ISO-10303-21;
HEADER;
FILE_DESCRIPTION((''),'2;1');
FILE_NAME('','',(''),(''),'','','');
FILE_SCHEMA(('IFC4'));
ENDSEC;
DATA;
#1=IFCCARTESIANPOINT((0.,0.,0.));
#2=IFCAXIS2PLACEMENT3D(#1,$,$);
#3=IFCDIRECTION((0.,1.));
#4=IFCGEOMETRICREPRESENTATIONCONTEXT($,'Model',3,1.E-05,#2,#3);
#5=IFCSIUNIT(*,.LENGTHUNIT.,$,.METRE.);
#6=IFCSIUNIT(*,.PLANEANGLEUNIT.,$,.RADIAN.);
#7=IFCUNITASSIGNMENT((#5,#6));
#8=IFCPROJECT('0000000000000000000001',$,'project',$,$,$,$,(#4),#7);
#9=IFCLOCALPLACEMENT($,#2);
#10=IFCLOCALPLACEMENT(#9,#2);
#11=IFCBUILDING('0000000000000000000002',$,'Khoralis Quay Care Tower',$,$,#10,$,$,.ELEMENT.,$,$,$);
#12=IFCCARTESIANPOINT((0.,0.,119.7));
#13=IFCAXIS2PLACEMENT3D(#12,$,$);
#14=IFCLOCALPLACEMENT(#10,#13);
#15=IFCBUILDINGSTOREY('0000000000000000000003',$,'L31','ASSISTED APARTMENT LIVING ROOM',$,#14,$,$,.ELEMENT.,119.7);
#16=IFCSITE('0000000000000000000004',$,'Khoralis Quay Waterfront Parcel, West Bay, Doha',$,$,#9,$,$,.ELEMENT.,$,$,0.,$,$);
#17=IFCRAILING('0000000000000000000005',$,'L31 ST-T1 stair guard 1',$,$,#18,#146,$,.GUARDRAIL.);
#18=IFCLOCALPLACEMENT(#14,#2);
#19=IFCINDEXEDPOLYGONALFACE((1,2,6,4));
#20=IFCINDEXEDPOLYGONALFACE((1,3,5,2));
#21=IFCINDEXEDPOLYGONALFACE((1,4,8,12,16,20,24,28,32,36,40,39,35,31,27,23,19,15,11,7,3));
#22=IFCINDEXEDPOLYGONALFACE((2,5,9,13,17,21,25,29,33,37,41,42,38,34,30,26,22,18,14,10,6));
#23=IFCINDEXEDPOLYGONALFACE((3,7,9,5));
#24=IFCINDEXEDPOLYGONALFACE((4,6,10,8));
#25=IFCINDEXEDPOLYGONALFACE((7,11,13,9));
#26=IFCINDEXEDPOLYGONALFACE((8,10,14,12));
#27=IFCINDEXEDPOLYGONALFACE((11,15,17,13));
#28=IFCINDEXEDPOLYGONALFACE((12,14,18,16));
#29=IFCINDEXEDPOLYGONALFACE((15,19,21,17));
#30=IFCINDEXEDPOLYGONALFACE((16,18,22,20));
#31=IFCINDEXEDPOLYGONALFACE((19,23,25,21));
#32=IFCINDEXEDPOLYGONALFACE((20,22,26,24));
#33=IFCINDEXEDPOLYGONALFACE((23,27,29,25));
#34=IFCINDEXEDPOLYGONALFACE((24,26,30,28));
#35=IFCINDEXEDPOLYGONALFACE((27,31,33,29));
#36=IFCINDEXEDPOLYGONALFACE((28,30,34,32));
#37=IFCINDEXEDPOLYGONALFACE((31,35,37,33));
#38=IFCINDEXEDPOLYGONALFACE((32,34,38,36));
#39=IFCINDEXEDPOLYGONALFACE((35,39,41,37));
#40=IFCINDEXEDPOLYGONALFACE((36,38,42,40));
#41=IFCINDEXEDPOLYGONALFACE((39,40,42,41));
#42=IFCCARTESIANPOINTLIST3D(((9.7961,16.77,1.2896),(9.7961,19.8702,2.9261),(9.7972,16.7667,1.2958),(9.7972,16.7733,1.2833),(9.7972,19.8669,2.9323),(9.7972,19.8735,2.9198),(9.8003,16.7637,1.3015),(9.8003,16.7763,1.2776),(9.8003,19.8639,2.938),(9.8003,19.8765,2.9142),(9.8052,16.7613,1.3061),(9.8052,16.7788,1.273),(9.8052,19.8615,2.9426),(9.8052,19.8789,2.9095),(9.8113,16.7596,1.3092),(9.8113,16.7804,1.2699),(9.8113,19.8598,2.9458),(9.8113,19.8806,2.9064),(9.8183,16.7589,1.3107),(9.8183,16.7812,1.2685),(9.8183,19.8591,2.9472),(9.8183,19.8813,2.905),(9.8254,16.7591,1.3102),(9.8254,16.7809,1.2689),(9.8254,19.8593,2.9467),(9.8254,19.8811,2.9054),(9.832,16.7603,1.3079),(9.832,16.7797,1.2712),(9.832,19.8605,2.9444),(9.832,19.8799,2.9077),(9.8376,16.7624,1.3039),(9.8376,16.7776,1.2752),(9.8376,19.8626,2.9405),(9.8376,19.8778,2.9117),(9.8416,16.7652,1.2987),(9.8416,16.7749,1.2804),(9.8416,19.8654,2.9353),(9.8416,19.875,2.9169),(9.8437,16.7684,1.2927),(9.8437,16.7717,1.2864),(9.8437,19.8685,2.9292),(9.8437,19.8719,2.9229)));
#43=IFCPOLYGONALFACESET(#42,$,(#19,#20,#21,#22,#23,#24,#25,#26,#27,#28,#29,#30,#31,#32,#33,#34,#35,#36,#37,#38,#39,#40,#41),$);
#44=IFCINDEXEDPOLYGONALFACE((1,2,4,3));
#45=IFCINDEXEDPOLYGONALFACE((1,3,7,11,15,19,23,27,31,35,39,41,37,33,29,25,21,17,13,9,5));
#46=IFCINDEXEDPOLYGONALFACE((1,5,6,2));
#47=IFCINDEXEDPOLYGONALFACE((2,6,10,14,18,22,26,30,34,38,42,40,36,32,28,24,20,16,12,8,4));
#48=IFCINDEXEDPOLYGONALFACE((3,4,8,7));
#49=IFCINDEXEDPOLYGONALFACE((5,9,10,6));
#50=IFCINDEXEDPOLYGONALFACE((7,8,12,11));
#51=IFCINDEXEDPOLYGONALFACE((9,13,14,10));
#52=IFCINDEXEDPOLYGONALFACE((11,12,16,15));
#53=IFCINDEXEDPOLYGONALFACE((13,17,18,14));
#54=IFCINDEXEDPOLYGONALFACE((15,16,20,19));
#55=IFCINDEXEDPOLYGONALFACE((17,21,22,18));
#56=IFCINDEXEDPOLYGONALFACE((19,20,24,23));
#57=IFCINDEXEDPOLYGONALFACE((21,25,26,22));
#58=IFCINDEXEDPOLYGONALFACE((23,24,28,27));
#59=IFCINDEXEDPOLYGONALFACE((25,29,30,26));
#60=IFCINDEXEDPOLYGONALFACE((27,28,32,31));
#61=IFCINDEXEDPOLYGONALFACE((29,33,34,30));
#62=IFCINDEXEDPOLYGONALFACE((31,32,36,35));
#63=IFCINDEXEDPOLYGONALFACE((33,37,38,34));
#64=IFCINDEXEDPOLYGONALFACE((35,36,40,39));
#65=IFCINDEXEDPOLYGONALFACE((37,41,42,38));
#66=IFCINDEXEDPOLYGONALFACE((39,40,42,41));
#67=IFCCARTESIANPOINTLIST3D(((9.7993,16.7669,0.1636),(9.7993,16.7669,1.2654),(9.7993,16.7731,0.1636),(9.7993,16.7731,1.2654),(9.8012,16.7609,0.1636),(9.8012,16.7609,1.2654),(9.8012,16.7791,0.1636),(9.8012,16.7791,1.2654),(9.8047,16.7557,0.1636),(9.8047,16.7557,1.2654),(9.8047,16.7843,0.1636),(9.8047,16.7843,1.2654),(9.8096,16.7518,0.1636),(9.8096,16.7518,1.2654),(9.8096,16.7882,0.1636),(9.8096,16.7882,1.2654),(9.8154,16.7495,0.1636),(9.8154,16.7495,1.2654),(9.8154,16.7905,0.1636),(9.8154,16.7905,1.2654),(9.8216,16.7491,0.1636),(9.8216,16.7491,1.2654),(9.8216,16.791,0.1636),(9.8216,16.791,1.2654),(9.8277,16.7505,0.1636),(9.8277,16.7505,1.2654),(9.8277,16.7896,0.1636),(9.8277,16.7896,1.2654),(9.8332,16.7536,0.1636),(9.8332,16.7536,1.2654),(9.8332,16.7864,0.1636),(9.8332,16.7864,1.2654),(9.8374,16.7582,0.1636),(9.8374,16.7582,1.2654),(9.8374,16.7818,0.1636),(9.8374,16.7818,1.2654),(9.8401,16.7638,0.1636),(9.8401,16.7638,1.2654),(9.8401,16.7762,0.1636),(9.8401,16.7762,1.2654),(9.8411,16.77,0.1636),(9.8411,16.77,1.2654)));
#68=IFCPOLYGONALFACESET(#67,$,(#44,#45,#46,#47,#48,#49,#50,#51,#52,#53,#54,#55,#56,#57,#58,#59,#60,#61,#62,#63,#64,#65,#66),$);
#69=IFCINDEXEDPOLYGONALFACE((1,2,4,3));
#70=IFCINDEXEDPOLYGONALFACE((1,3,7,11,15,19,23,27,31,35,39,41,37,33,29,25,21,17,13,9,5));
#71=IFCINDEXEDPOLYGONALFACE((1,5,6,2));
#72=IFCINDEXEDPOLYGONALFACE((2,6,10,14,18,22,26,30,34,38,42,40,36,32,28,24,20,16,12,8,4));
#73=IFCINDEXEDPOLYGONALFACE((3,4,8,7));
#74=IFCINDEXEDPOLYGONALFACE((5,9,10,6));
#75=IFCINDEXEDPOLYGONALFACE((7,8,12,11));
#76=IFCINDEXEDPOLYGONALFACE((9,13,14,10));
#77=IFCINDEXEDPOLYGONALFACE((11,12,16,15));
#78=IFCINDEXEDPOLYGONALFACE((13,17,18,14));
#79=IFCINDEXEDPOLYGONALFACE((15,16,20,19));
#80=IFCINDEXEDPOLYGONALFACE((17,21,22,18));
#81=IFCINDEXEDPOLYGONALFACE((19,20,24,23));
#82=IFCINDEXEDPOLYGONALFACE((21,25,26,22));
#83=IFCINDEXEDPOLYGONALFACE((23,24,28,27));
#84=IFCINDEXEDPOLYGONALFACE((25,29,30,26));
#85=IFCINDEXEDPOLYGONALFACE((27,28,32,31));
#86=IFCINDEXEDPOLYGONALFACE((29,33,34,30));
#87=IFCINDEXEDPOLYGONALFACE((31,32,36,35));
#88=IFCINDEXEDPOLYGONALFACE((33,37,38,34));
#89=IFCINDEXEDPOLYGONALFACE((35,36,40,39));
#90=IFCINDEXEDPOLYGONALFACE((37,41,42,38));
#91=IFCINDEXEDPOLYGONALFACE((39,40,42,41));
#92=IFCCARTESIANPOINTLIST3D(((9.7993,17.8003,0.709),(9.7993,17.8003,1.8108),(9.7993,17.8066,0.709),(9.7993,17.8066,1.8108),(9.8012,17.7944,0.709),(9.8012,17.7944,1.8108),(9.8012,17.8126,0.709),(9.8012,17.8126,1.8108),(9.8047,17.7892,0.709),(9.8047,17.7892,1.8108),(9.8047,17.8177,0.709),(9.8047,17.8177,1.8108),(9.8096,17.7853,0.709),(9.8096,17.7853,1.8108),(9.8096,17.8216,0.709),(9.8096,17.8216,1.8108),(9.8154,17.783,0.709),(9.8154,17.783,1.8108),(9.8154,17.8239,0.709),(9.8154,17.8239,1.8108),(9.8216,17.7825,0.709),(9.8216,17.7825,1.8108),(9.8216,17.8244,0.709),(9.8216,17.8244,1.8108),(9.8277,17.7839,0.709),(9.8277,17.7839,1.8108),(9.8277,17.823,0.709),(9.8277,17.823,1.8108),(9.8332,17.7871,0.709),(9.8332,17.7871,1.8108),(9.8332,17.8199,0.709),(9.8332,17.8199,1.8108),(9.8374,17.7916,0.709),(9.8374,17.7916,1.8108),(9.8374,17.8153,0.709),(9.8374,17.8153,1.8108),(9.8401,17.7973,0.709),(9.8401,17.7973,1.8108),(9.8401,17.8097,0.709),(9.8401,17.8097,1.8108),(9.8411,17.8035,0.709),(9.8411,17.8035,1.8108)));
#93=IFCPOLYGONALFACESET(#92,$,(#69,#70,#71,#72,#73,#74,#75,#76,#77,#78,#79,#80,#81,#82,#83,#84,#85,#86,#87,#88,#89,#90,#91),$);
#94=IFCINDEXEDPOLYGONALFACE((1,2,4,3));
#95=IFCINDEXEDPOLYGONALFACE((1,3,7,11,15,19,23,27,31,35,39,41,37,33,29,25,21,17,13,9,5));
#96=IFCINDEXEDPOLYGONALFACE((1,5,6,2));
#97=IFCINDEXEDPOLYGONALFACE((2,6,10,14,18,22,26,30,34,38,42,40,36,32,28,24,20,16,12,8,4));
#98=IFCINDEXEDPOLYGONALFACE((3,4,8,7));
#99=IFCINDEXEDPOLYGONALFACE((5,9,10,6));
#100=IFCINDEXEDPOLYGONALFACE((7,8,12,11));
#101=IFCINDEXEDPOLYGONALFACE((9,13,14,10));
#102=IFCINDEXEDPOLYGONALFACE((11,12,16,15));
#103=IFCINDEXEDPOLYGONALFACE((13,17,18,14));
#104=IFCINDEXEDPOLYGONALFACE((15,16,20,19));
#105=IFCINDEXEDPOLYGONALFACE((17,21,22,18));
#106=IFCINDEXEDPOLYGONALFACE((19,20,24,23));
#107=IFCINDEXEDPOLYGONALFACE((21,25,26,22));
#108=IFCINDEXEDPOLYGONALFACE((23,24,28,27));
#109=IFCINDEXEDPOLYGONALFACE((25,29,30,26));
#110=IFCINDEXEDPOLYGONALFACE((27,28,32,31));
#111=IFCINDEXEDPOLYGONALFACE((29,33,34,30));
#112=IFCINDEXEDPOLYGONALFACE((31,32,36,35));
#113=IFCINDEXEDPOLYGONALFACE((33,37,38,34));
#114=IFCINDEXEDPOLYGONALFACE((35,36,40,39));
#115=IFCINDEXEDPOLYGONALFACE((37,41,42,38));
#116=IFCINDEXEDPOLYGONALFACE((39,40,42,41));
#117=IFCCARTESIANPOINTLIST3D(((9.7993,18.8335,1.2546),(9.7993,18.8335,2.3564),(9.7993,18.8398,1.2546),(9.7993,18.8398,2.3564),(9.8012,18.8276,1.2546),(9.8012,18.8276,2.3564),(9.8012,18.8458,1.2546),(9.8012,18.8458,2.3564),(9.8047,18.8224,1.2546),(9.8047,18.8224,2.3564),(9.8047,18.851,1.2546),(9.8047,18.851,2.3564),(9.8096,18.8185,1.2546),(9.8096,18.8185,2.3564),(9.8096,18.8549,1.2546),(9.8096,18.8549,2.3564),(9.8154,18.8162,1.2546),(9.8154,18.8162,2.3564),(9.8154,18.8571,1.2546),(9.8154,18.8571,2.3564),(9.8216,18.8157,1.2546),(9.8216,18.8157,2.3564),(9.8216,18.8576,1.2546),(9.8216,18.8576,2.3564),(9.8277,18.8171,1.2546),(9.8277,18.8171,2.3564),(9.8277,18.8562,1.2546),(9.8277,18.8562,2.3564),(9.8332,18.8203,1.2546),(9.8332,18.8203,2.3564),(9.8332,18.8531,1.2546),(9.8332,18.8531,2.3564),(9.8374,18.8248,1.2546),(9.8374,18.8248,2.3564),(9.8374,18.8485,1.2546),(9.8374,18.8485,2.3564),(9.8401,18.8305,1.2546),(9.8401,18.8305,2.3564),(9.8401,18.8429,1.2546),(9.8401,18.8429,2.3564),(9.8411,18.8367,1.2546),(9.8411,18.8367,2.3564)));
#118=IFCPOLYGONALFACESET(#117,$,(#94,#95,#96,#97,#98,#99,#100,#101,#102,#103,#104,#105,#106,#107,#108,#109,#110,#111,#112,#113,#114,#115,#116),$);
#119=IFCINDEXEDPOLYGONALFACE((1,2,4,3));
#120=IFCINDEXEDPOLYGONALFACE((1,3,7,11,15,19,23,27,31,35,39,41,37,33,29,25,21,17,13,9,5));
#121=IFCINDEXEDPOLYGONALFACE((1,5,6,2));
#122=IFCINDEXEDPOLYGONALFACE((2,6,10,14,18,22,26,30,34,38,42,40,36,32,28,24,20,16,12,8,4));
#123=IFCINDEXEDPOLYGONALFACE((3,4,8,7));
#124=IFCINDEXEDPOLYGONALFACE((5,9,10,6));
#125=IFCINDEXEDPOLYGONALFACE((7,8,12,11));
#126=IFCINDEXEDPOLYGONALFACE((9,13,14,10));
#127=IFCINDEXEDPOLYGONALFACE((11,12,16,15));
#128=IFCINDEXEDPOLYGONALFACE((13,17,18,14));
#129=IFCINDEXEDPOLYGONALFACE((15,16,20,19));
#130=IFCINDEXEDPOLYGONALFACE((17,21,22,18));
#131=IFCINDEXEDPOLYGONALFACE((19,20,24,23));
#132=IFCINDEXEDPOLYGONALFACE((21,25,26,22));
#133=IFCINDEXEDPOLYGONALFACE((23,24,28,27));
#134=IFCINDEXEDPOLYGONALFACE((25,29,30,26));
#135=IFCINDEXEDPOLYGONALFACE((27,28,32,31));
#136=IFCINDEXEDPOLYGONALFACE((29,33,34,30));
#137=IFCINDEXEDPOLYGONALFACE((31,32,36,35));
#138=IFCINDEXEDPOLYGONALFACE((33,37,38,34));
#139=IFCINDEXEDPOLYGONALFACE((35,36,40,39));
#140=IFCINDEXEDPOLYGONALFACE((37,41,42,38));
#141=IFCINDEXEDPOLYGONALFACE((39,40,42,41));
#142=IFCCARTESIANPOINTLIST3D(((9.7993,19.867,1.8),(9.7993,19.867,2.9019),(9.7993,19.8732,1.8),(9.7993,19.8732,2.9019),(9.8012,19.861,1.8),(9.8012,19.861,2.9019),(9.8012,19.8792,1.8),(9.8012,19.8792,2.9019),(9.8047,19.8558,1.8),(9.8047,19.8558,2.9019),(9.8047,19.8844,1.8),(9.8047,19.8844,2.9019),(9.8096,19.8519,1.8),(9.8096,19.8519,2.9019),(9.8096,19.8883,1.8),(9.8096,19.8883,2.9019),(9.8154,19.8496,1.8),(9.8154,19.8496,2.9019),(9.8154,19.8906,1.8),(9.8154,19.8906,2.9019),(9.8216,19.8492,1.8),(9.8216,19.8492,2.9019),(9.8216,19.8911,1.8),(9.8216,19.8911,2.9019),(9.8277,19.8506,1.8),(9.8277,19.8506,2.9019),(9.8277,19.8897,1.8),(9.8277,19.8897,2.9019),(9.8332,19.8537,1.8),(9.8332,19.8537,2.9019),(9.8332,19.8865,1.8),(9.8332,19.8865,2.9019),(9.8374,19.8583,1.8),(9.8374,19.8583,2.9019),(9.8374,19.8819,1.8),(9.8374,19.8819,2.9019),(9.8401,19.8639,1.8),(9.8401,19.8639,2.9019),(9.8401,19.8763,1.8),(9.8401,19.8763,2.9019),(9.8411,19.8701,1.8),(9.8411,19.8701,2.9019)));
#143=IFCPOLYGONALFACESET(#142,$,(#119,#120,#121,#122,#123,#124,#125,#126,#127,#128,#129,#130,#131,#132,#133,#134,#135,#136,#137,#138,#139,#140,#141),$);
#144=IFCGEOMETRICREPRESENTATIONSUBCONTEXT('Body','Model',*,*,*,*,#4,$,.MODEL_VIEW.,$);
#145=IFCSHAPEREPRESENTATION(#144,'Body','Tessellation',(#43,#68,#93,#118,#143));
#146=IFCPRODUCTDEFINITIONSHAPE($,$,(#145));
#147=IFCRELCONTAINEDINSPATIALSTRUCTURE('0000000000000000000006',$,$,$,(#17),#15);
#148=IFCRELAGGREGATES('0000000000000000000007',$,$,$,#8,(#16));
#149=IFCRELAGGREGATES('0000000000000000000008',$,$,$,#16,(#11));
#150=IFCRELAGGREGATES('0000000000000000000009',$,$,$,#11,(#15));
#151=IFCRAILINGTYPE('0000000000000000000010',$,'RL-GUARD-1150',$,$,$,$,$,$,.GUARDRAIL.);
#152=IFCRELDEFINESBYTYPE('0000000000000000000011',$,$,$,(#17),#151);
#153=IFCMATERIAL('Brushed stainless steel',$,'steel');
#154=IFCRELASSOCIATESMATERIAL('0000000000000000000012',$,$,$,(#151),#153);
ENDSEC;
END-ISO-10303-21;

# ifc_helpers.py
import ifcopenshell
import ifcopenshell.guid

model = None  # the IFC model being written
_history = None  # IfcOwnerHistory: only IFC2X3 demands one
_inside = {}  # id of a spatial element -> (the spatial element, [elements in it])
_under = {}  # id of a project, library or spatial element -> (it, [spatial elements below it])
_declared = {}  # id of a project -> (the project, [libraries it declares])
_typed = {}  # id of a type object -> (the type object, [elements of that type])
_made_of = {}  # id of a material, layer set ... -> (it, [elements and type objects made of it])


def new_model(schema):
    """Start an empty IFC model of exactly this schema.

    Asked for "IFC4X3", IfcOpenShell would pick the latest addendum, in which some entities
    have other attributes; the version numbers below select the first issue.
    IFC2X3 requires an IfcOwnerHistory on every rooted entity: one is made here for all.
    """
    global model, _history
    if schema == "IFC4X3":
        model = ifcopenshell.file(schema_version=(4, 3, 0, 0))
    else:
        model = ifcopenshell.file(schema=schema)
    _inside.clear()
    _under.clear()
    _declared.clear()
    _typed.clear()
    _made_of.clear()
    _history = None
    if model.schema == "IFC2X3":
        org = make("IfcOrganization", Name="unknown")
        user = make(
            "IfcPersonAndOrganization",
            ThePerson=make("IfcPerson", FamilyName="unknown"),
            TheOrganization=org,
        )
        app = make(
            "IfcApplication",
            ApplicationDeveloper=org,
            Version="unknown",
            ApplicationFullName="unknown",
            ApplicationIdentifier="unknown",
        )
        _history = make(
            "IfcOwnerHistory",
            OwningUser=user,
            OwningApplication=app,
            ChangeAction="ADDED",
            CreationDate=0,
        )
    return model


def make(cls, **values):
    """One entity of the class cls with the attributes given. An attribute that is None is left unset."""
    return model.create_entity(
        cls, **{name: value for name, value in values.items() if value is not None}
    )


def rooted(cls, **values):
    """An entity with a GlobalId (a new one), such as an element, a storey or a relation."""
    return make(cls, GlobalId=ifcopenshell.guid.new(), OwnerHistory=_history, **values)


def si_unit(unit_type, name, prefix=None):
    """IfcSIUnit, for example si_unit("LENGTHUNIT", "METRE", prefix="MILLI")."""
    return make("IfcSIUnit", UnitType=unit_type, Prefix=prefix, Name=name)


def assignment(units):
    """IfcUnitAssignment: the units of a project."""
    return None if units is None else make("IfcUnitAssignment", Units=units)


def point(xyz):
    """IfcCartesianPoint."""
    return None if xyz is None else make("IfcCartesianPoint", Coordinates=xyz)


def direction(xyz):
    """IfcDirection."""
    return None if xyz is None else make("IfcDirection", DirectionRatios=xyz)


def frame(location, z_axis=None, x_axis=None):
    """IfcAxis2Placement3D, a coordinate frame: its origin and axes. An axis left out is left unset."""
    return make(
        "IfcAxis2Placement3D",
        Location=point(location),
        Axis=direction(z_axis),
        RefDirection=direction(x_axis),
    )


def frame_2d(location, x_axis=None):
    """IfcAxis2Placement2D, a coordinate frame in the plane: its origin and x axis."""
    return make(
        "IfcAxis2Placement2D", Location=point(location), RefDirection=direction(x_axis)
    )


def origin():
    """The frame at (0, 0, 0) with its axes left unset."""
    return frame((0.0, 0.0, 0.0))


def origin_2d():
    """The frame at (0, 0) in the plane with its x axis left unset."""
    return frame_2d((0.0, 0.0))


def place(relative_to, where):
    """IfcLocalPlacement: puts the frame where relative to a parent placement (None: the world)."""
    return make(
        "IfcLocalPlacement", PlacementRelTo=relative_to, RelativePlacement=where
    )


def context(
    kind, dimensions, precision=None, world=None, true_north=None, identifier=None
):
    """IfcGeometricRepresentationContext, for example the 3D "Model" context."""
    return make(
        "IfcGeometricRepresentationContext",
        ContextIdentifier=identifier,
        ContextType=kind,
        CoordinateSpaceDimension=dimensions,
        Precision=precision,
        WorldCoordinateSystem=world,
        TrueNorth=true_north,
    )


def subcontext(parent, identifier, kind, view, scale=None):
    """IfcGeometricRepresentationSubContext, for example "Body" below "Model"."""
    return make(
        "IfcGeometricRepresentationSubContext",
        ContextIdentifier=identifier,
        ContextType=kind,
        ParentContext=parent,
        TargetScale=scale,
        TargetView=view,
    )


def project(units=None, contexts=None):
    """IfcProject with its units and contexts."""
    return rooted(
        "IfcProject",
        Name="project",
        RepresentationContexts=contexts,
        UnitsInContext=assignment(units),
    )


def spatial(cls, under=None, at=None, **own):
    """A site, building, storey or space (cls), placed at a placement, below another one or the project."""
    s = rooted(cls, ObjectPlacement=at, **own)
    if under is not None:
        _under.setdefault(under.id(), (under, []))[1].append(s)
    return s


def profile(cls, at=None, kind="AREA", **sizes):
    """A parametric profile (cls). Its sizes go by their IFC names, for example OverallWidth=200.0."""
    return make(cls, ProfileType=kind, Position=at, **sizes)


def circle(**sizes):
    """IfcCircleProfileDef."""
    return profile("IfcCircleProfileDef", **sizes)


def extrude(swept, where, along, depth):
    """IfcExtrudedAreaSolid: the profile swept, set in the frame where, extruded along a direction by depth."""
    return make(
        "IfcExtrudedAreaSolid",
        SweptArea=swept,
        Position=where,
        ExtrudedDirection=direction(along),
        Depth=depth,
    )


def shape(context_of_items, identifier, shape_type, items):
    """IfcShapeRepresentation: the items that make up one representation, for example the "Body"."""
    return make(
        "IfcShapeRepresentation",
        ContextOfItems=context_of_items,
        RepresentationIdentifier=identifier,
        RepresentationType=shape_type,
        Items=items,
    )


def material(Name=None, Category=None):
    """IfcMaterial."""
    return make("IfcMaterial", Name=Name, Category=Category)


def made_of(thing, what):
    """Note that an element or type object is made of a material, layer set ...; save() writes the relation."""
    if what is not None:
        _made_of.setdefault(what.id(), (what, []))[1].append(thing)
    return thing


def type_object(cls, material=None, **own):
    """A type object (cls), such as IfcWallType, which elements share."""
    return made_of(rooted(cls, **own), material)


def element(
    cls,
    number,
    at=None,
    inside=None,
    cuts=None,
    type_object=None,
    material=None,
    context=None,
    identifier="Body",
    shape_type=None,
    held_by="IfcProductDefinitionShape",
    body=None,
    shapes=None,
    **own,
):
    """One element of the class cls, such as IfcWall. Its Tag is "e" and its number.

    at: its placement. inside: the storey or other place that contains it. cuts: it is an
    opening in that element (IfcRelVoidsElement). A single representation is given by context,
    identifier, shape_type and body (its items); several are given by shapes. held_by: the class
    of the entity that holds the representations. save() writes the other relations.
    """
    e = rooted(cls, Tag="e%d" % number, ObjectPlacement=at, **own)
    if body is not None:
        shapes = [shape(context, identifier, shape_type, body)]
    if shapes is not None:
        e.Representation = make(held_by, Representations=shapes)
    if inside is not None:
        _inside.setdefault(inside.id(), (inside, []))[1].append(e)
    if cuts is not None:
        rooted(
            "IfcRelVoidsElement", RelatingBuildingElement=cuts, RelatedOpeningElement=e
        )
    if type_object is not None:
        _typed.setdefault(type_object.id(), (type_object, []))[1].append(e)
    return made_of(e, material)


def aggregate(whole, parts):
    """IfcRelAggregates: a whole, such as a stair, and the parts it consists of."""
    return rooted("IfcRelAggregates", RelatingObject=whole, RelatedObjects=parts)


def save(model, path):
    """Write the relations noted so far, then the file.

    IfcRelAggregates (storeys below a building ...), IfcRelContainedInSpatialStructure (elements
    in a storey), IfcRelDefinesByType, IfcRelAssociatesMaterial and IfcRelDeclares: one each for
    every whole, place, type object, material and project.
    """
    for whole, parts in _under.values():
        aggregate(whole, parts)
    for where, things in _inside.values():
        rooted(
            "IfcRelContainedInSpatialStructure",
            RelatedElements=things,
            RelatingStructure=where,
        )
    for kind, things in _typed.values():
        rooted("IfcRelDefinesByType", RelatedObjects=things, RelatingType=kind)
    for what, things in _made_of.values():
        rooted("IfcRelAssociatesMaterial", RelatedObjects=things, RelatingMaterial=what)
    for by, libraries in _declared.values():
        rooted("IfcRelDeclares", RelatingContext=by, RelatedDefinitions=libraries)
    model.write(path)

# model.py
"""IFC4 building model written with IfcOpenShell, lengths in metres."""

from ifc_helpers import new_model, si_unit, direction, frame, origin, origin_2d, place, context, subcontext, project, spatial, circle, extrude, material, type_object, element, save


model = new_model("IFC4")

# Units and contexts
model_context = context("Model", 3, precision=1e-05, world=origin(), true_north=direction((0.0, 1.0)))
body_context = subcontext(model_context, "Body", "Model", "MODEL_VIEW")
ifc_project = project(units=[si_unit("LENGTHUNIT", "METRE"), si_unit("PLANEANGLEUNIT", "RADIAN")], contexts=[model_context])

# Site, building, storey
site_placement = place(None, origin())
site = spatial("IfcSite", under=ifc_project, at=site_placement, Name="Khoralis Quay Waterfront Parcel, West Bay, Doha", CompositionType="ELEMENT", RefElevation=0.0)
building_placement = place(site_placement, origin())
building = spatial("IfcBuilding", under=site, at=building_placement, Name="Khoralis Quay Care Tower", CompositionType="ELEMENT")
storey_placement = place(building_placement, frame((0.0, 0.0, 119.7)))
storey = spatial("IfcBuildingStorey", under=building, at=storey_placement, Name="L31", Description="ASSISTED APARTMENT LIVING ROOM", CompositionType="ELEMENT", Elevation=119.7)

# Shared definitions
ifc_material_1 = material(Name="Brushed stainless steel", Category="steel")

# Railing
railing_type_1 = type_object("IfcRailingType", Name="RL-GUARD-1150", PredefinedType="GUARDRAIL", material=ifc_material_1)
railing_1_placement = place(storey_placement, frame((9.8201, 16.77, 0.1636)))
element("IfcRailing", 1, at=railing_1_placement, inside=storey, type_object=railing_type_1, Name="L31 ST-T1 stair guard 1", PredefinedType="GUARDRAIL", context=body_context, shape_type="SweptSolid", body=[
    extrude(circle(Radius=0.0239, at=origin_2d()), frame((0.0, 0.0, 1.126), z_axis=(0.0, 0.884348, 0.466828), x_axis=(-1.0, 0.0, 0.0)), (0.0, 0.0, 1.0), 3.5056),
    extrude(circle(Radius=0.021, at=origin_2d()), origin(), (0.0, 0.0, 1.0), 1.1018),
    extrude(circle(Radius=0.021, at=origin_2d()), frame((0.0, 1.0334, 0.5454)), (0.0, 0.0, 1.0), 1.1018),
    extrude(circle(Radius=0.021, at=origin_2d()), frame((0.0, 2.0667, 1.0911)), (0.0, 0.0, 1.0), 1.1018),
    extrude(circle(Radius=0.021, at=origin_2d()), frame((0.0, 3.1001, 1.6365)), (0.0, 0.0, 1.0), 1.1018),
])

save(model, "model.ifc")
